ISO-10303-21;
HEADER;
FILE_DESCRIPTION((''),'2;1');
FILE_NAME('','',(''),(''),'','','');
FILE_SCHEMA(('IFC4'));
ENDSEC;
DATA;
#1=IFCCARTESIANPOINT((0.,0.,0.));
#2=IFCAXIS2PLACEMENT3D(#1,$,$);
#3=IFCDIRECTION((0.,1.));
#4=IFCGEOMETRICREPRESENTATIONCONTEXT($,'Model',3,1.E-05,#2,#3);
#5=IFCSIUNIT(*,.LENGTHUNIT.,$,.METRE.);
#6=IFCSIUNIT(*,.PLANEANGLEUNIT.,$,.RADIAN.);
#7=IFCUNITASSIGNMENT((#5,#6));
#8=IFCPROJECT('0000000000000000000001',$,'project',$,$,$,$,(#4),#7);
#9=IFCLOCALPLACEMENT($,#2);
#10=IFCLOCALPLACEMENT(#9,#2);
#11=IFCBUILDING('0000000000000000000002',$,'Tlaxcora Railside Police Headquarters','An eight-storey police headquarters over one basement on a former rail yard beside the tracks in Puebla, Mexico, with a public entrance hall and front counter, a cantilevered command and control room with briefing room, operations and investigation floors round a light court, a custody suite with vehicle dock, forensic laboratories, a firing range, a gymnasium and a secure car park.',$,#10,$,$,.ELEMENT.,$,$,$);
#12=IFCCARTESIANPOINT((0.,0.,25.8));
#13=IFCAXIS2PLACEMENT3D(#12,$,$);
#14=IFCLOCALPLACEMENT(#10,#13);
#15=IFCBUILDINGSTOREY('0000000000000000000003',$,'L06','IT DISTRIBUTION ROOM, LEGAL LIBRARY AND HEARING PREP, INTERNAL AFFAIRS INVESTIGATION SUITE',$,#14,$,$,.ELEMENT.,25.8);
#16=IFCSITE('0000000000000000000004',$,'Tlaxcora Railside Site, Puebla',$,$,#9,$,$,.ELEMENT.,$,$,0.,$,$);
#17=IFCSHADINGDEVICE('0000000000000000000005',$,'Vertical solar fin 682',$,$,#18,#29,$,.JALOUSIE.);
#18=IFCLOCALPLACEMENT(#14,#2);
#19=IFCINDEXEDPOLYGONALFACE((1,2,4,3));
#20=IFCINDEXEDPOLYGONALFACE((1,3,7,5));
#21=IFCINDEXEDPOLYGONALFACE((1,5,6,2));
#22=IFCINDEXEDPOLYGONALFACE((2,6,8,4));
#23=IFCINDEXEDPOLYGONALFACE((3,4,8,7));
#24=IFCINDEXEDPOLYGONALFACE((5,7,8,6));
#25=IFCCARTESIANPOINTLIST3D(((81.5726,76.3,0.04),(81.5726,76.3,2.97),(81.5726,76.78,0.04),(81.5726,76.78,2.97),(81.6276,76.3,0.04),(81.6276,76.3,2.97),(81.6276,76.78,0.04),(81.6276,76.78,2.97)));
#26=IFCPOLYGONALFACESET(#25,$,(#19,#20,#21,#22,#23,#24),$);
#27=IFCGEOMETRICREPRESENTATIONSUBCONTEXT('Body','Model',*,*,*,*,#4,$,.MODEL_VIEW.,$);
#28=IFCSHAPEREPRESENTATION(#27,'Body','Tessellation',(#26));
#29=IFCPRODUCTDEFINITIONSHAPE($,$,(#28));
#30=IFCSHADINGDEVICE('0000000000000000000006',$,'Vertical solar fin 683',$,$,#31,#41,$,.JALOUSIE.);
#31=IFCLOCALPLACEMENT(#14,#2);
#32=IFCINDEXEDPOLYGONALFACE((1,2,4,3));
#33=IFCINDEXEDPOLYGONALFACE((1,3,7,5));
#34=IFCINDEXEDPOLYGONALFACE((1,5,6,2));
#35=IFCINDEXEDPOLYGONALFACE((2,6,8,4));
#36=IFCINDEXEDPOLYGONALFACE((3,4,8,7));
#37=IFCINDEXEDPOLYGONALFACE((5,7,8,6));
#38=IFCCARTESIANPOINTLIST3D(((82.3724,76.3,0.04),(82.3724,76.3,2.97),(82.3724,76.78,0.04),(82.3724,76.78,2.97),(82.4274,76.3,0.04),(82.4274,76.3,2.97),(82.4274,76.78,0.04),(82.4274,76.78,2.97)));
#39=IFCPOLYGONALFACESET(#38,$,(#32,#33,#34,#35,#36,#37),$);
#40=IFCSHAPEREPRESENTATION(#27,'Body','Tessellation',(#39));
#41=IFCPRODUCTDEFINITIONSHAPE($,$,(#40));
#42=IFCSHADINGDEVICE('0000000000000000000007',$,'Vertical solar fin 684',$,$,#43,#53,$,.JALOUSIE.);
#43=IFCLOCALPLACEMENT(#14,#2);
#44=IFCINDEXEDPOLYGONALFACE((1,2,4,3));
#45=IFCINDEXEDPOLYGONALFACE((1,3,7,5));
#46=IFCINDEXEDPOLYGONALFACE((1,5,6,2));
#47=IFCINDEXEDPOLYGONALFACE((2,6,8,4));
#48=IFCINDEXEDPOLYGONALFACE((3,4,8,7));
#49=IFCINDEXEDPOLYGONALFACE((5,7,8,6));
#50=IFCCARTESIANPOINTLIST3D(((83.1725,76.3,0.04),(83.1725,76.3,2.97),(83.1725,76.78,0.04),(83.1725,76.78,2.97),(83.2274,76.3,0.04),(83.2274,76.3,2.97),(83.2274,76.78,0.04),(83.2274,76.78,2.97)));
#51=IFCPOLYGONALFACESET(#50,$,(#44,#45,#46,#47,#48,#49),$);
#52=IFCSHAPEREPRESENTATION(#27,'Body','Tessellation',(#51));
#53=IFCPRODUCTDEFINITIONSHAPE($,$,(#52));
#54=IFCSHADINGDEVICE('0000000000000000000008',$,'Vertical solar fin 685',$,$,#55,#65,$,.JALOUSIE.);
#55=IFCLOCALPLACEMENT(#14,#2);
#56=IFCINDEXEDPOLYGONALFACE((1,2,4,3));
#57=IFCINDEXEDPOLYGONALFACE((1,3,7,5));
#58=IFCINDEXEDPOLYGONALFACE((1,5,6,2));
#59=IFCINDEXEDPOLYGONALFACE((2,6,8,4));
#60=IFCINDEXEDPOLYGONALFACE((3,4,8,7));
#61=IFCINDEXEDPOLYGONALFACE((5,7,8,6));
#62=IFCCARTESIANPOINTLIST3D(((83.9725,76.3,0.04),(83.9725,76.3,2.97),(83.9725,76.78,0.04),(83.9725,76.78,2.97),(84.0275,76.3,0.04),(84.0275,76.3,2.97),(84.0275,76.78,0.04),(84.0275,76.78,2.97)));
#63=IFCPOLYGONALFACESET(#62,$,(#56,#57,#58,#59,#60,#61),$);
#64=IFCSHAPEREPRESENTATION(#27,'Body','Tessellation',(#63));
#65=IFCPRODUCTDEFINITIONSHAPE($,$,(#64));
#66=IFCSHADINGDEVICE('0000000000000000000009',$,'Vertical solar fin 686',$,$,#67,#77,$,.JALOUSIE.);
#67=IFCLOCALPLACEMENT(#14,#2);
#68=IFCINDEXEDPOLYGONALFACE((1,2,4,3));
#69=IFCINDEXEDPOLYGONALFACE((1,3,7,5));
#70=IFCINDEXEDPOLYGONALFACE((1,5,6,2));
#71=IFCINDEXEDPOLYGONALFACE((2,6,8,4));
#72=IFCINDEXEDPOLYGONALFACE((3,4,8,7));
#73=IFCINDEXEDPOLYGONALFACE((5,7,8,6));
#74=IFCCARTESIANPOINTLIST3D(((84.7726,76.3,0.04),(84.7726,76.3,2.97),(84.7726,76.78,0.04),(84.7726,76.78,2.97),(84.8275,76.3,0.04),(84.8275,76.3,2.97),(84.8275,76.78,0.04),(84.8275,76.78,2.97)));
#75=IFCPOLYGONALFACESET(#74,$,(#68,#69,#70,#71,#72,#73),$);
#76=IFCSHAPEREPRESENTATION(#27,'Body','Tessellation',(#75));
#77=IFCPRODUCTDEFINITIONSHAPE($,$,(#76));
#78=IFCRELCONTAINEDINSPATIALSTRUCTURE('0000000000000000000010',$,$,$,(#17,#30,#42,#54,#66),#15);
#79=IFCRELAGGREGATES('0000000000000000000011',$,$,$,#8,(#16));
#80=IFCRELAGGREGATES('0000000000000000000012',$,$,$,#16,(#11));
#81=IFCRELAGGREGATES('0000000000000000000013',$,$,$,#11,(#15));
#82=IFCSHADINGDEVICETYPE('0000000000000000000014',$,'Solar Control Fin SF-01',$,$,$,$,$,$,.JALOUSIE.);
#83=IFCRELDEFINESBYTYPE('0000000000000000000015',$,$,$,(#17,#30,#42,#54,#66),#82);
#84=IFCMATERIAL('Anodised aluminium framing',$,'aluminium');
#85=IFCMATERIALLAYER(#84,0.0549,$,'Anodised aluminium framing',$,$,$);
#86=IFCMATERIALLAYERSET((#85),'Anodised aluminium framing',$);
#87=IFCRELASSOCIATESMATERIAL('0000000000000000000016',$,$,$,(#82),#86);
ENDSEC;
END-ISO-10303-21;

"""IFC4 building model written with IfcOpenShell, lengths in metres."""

from ifc_helpers import new_model, si_unit, direction, frame, origin, origin_2d, place, context, subcontext, project, spatial, rectangle, extrude, material, layer, layer_set, type_object, element, save


model = new_model("IFC4")

# Units and contexts
model_context = context("Model", 3, precision=1e-05, world=origin(), true_north=direction((0.0, 1.0)))
body_context = subcontext(model_context, "Body", "Model", "MODEL_VIEW")
ifc_project = project(units=[si_unit("LENGTHUNIT", "METRE"), si_unit("PLANEANGLEUNIT", "RADIAN")], contexts=[model_context])

# Site, building, storey
site_placement = place(None, origin())
site = spatial("IfcSite", under=ifc_project, at=site_placement, Name="Tlaxcora Railside Site, Puebla", CompositionType="ELEMENT", RefElevation=0.0)
building_placement = place(site_placement, origin())
building = spatial("IfcBuilding", under=site, at=building_placement, Name="Tlaxcora Railside Police Headquarters", Description="An eight-storey police headquarters over one basement on a former rail yard beside the tracks in Puebla, Mexico, with a public entrance hall and front counter, a cantilevered command and control room with briefing room, operations and investigation floors round a light court, a custody suite with vehicle dock, forensic laboratories, a firing range, a gymnasium and a secure car park.", CompositionType="ELEMENT")
storey_placement = place(building_placement, frame((0.0, 0.0, 25.8)))
storey = spatial("IfcBuildingStorey", under=building, at=storey_placement, Name="L06", Description="IT DISTRIBUTION ROOM, LEGAL LIBRARY AND HEARING PREP, INTERNAL AFFAIRS INVESTIGATION SUITE", CompositionType="ELEMENT", Elevation=25.8)

# Shared definitions
ifc_material_1 = material(Name="Anodised aluminium framing", Category="aluminium")

# Shading devices
ifc_layer = layer(ifc_material_1, 0.0549, Name="Anodised aluminium framing")
ifc_layer_set = layer_set([ifc_layer], Name="Anodised aluminium framing")
shading_device_type = type_object("IfcShadingDeviceType", Name="Solar Control Fin SF-01", PredefinedType="JALOUSIE", material=ifc_layer_set)
for number, where, z_axis, x_axis, name in (
    (1, (81.6001, 76.54, 0.04), (0.0, 0.0, 1.0), (0.0, -1.0, 0.0), "Vertical solar fin 682"),
    (2, (82.3999, 76.54, 0.04), (0.0, 0.0, 1.0), (0.0, -1.0, 0.0), "Vertical solar fin 683"),
    (3, (83.2, 76.54, 0.04), (0.0, 0.0, 1.0), (0.0, -1.0, 0.0), "Vertical solar fin 684"),
    (4, (84.0, 76.54, 0.04), (0.0, 0.0, 1.0), (0.0, -1.0, 0.0), "Vertical solar fin 685"),
    (5, (84.8, 76.54, 0.04), (0.0, 0.0, 1.0), (0.0, -1.0, 0.0), "Vertical solar fin 686"),
):
    element("IfcShadingDevice", number, at=place(storey_placement, frame(where, z_axis=z_axis, x_axis=x_axis)), inside=storey, type_object=shading_device_type, Name=name, PredefinedType="JALOUSIE", context=body_context, shape_type="SweptSolid", body=[
        extrude(rectangle(XDim=0.48, YDim=0.0549, at=origin_2d()), origin(), (0.0, 0.0, 1.0), 2.9299),
    ])

save(model, "model.ifc")
